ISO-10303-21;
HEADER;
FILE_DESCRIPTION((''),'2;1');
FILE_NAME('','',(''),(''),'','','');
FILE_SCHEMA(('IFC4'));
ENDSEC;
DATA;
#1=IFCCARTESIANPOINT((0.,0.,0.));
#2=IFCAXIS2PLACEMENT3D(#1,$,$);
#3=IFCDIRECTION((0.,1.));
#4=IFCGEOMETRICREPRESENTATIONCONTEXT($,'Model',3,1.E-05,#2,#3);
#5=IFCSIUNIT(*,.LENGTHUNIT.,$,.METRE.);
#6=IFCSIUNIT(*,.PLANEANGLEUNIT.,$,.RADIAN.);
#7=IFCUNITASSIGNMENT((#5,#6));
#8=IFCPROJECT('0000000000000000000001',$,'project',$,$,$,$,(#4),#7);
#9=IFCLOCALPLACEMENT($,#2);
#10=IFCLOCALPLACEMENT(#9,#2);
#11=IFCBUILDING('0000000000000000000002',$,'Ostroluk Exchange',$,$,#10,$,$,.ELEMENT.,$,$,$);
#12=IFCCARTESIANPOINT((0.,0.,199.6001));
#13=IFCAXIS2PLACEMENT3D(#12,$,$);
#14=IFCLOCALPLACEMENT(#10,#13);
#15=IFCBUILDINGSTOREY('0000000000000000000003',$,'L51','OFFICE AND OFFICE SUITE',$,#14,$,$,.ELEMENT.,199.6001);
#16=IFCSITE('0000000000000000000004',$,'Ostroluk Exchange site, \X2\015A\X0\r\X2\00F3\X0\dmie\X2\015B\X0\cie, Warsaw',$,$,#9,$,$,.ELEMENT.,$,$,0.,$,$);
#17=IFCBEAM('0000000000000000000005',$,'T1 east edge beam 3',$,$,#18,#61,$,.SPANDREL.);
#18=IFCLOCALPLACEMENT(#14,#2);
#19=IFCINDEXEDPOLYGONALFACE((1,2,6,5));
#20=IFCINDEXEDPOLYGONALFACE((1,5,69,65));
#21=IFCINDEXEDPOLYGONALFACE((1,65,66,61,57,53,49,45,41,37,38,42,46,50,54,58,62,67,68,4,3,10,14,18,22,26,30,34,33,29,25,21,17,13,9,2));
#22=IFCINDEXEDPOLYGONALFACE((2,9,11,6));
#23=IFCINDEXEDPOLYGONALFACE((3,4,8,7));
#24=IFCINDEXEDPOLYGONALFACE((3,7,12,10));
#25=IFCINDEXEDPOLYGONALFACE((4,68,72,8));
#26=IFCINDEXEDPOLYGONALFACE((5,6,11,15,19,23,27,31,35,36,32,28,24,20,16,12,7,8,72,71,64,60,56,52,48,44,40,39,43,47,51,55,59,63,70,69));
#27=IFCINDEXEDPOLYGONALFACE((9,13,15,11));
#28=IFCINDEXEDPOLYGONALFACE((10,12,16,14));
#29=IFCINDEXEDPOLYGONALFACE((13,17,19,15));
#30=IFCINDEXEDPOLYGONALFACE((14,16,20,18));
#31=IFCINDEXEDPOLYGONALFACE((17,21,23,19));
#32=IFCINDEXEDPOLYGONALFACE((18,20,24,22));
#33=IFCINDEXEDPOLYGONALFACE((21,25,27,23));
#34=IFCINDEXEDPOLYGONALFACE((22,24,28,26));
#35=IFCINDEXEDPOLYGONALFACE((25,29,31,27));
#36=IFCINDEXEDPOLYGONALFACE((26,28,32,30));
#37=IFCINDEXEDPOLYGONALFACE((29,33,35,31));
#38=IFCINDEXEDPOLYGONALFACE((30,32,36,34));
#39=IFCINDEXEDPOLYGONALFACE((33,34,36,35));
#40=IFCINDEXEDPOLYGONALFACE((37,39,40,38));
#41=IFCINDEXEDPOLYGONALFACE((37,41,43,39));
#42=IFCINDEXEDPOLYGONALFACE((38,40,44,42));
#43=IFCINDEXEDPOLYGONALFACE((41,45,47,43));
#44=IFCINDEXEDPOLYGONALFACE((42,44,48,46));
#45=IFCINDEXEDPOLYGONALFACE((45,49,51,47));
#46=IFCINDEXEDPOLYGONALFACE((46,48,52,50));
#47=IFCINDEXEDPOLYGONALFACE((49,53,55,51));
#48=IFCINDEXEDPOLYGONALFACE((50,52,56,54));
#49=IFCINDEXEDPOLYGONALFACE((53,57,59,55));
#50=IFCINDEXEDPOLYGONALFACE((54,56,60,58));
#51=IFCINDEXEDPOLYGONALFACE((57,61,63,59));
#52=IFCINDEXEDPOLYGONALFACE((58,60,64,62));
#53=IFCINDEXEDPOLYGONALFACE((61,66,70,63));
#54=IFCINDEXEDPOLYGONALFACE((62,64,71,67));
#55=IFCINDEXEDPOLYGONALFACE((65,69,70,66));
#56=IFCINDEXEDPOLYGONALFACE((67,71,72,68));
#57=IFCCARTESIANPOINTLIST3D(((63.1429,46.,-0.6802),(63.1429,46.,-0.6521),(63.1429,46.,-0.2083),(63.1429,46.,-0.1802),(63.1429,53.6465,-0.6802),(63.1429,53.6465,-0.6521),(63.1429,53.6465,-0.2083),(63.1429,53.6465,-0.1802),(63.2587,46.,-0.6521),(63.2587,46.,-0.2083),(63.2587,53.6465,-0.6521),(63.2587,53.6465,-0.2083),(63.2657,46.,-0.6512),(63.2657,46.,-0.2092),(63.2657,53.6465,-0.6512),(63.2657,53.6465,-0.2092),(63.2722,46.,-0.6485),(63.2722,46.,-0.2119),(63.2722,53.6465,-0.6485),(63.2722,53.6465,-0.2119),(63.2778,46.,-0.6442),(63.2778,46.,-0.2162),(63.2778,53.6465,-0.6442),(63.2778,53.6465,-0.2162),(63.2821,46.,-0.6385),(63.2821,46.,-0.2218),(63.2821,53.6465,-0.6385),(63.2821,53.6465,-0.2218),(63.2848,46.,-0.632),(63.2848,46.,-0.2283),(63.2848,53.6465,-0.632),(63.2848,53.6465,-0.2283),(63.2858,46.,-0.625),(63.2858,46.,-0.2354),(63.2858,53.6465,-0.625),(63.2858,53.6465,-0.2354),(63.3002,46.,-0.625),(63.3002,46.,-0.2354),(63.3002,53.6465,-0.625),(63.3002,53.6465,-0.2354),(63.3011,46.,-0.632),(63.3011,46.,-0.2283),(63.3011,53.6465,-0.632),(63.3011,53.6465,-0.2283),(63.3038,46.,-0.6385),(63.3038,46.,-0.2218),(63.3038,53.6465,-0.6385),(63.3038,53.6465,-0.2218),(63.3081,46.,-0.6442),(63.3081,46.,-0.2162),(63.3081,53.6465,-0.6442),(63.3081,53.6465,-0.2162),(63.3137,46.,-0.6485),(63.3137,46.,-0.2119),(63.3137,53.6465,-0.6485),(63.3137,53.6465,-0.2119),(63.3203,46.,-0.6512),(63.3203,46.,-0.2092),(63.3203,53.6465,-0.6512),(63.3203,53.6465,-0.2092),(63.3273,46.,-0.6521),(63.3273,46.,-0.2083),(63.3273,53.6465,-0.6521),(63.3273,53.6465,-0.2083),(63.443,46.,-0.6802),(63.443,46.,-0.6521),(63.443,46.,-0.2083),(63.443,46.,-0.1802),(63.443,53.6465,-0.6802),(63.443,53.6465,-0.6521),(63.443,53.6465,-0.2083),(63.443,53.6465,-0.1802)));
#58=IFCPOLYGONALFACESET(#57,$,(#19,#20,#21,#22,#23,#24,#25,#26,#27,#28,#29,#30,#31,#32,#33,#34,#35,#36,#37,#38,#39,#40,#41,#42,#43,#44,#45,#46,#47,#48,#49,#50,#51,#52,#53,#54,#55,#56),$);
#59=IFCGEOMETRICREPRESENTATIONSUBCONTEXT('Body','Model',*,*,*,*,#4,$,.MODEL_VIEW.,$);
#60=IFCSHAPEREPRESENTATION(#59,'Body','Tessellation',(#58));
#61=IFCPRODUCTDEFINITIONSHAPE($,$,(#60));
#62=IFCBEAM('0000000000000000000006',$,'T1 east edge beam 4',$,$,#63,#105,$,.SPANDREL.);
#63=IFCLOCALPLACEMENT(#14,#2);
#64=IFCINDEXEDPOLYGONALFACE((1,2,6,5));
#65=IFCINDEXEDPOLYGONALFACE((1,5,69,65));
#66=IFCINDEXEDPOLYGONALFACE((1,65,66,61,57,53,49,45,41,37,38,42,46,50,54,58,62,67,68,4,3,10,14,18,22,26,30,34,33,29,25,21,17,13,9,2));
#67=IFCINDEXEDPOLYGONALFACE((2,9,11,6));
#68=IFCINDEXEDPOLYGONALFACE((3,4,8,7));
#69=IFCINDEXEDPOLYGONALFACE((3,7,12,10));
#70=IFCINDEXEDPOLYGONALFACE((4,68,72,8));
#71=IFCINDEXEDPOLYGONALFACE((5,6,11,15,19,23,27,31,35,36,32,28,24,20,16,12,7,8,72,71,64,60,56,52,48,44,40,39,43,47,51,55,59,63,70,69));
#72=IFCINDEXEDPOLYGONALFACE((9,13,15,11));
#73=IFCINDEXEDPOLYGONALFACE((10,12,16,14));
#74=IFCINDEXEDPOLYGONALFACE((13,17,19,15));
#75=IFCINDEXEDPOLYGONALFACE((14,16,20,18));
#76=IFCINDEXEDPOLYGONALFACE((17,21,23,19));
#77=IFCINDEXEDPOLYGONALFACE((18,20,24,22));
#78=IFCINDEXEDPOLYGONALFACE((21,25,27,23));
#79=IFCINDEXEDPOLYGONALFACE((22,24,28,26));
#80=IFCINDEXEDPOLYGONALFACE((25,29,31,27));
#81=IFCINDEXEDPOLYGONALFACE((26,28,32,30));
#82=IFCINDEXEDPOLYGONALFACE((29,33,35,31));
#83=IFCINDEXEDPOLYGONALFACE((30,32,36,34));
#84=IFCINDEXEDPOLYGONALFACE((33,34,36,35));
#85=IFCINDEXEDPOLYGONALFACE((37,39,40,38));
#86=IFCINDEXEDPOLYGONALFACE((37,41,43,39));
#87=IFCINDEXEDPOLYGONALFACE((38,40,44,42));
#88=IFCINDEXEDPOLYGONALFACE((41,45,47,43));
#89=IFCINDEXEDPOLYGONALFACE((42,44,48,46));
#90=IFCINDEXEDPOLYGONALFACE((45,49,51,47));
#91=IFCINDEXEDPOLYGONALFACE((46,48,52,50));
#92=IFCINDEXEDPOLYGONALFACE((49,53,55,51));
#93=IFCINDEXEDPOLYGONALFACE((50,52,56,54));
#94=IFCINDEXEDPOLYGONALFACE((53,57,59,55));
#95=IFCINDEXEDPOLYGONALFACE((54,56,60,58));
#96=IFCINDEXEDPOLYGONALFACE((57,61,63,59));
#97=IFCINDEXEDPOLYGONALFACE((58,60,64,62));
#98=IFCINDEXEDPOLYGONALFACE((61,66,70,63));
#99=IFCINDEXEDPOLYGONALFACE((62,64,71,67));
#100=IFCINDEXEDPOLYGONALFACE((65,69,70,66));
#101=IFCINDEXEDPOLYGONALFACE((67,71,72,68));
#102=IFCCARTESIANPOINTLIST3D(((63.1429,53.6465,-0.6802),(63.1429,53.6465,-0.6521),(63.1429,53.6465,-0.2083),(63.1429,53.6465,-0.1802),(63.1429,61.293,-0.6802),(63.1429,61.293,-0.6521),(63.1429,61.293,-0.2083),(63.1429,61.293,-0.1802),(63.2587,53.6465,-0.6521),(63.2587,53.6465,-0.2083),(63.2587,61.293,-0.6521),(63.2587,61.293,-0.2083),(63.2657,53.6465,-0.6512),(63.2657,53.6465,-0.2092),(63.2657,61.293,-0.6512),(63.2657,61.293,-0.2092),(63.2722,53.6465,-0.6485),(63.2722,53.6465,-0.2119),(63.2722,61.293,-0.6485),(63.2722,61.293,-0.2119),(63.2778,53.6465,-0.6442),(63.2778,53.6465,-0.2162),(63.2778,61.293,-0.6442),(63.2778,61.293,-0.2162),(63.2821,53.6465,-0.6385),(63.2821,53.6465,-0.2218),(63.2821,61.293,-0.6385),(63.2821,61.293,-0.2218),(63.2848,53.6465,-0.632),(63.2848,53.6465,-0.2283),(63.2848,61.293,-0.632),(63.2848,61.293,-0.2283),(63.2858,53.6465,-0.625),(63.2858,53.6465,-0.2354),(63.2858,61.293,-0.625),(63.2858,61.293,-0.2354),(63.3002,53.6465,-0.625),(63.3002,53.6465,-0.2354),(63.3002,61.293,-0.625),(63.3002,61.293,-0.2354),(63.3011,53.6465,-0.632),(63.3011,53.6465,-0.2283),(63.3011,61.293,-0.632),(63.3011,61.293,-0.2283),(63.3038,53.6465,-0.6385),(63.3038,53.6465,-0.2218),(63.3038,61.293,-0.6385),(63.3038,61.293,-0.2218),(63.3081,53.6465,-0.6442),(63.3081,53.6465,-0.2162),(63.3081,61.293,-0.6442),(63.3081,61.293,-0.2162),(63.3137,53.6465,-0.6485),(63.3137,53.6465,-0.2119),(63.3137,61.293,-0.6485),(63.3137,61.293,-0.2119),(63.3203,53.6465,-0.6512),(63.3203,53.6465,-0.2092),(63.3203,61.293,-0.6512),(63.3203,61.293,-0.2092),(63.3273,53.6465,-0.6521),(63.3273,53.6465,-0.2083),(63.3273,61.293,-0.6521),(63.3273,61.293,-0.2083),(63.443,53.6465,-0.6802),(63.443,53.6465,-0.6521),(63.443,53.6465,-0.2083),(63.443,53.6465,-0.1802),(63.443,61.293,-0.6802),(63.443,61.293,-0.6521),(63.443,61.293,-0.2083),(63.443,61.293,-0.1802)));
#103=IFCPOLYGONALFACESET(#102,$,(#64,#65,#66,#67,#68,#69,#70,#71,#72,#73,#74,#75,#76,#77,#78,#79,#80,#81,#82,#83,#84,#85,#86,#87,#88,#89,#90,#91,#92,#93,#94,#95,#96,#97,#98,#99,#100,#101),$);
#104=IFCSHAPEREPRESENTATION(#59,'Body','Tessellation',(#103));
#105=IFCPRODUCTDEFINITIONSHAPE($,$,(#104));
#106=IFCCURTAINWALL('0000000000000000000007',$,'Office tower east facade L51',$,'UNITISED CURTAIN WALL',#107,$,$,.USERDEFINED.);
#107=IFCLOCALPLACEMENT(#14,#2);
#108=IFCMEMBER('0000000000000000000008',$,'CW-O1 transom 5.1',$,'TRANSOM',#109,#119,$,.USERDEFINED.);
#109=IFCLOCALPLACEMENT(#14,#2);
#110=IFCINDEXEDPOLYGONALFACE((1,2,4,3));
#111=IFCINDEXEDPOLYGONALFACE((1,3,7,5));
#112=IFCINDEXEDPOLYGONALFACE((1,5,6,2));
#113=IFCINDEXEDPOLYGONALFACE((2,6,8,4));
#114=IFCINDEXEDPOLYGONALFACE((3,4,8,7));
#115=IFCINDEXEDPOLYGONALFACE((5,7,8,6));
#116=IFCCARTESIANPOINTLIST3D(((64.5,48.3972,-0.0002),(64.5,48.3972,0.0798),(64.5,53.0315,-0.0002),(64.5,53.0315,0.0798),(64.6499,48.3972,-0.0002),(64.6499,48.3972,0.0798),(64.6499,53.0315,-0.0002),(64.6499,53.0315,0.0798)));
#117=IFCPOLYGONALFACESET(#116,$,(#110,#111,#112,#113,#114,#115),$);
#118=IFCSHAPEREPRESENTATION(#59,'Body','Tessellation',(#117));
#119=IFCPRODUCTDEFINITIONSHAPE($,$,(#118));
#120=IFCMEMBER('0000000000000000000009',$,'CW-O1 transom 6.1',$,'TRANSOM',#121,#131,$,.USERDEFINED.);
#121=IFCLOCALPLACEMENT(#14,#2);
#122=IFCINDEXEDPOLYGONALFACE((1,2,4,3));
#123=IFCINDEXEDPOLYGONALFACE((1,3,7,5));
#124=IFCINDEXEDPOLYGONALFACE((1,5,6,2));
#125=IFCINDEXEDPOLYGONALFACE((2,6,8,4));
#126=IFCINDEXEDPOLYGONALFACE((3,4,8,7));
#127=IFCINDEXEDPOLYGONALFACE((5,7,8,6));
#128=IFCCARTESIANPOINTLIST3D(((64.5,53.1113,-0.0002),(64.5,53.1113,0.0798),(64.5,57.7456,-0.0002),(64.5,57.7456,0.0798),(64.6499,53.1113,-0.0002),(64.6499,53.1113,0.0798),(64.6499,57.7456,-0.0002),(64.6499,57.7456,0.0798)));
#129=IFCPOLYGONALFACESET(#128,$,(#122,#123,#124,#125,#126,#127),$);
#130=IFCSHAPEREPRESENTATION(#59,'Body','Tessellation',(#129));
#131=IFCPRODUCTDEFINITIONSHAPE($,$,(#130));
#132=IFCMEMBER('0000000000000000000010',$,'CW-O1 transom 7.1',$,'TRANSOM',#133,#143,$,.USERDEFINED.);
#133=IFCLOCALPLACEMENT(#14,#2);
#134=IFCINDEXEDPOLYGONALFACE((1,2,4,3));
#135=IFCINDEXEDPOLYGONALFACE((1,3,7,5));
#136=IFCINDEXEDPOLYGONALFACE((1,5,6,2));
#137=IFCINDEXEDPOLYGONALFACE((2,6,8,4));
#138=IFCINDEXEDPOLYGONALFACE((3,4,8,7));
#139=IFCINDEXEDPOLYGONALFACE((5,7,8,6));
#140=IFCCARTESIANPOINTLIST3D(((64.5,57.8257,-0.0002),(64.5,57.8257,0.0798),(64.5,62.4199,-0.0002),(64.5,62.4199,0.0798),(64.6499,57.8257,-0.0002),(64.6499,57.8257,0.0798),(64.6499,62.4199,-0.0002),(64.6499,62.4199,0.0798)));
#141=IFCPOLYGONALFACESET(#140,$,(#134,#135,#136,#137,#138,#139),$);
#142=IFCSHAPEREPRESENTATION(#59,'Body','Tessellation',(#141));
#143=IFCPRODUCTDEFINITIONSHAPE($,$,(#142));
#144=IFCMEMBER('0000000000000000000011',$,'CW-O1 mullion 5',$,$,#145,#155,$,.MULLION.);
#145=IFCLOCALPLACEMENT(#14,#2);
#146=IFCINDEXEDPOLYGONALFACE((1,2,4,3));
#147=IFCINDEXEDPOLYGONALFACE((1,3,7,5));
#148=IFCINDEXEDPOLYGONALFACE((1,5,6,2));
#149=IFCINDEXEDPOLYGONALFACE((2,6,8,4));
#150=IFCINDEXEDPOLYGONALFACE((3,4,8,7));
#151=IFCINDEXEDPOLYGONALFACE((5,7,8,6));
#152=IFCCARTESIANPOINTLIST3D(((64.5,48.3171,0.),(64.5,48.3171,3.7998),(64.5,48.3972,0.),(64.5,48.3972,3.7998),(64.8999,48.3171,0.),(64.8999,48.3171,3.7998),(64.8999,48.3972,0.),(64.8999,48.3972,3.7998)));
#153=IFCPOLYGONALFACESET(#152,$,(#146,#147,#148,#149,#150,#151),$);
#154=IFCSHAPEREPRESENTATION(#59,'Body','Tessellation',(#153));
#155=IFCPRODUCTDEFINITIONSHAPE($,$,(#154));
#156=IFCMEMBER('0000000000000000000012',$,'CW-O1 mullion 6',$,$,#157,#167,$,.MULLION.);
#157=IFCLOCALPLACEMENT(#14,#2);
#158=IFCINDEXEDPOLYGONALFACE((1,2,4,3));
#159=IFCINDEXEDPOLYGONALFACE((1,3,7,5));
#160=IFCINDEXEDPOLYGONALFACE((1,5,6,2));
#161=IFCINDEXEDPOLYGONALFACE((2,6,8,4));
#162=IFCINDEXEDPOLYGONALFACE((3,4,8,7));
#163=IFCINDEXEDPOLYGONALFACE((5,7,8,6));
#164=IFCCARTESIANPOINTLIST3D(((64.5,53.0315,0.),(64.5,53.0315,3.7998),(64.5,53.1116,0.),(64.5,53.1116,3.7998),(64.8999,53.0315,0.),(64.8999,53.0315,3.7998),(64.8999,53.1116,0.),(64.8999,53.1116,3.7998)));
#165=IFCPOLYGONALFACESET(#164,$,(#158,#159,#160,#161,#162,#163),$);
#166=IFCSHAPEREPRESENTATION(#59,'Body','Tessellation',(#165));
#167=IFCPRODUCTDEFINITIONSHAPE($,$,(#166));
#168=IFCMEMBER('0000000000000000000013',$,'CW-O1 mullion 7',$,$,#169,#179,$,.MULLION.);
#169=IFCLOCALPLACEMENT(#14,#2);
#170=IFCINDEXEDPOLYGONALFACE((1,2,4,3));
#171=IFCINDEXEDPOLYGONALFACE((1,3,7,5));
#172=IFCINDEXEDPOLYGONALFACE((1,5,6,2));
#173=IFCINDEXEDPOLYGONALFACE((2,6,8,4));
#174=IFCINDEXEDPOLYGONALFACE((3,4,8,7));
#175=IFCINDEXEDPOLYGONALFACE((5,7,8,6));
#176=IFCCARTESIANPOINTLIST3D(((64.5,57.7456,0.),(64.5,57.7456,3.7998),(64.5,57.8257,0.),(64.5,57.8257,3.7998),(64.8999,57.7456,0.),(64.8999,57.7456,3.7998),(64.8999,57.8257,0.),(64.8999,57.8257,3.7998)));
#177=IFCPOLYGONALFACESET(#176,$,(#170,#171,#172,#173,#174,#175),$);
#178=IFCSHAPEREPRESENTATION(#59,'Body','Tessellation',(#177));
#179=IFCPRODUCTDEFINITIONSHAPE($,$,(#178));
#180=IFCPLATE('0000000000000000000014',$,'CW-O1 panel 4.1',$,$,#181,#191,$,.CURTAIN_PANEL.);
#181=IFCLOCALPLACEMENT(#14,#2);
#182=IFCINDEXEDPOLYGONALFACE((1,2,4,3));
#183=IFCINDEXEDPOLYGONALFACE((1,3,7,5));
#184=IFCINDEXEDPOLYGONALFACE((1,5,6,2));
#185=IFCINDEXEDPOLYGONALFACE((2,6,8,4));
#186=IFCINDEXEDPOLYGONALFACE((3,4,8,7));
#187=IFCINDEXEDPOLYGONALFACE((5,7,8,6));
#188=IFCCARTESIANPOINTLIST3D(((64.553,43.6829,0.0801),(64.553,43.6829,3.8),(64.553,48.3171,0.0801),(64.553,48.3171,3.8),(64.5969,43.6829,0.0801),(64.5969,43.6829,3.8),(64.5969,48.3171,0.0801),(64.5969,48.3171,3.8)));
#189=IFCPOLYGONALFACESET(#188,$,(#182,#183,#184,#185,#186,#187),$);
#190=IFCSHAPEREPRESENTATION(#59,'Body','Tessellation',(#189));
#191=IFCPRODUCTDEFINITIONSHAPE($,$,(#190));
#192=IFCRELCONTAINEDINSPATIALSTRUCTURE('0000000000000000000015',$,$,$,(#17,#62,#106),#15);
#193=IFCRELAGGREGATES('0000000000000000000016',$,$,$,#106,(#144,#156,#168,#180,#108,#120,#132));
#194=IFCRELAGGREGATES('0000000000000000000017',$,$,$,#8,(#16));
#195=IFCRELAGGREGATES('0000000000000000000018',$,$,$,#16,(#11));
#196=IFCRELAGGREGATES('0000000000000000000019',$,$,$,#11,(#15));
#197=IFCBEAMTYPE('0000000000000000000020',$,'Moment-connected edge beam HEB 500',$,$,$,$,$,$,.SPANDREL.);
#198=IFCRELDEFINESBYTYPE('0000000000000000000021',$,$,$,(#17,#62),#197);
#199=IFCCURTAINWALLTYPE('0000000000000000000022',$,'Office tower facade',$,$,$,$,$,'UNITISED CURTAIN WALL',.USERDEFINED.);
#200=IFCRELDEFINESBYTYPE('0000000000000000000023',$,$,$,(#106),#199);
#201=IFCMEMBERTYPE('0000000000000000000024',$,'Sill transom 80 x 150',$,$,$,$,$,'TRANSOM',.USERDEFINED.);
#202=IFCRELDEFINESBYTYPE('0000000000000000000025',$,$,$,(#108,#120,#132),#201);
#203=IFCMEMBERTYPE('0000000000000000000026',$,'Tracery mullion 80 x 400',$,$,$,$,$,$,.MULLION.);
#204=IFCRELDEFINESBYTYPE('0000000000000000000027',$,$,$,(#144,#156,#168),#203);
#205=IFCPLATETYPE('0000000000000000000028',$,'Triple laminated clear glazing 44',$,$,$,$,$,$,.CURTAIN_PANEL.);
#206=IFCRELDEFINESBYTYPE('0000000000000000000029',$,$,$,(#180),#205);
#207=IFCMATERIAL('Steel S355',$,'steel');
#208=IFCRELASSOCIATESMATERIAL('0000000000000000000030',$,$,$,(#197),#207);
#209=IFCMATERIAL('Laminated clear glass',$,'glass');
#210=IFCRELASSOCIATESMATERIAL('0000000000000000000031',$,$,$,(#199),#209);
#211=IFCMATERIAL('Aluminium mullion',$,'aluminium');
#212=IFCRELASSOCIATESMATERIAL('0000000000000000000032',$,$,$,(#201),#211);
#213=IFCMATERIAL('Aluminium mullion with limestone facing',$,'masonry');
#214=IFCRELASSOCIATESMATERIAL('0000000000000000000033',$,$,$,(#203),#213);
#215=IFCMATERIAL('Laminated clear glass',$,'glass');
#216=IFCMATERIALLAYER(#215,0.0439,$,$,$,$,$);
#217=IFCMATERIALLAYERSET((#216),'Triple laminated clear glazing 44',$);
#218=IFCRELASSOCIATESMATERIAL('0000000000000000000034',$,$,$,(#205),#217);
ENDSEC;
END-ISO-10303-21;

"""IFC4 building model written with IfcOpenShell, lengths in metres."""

from ifc_helpers import new_model, si_unit, direction, frame, origin, origin_2d, place, context, subcontext, project, spatial, rectangle, i_section, extrude, material, layer, layer_set, material_profile, profile_set, type_object, element, aggregate, save


model = new_model("IFC4")

# Units and contexts
model_context = context("Model", 3, precision=1e-05, world=origin(), true_north=direction((0.0, 1.0)))
body_context = subcontext(model_context, "Body", "Model", "MODEL_VIEW")
ifc_project = project(units=[si_unit("LENGTHUNIT", "METRE"), si_unit("PLANEANGLEUNIT", "RADIAN")], contexts=[model_context])

# Site, building, storey
site_placement = place(None, origin())
site = spatial("IfcSite", under=ifc_project, at=site_placement, Name="Ostroluk Exchange site, Śródmieście, Warsaw", CompositionType="ELEMENT", RefElevation=0.0)
building_placement = place(site_placement, origin())
building = spatial("IfcBuilding", under=site, at=building_placement, Name="Ostroluk Exchange", CompositionType="ELEMENT")
storey_placement = place(building_placement, frame((0.0, 0.0, 199.6001)))
storey = spatial("IfcBuildingStorey", under=building, at=storey_placement, Name="L51", Description="OFFICE AND OFFICE SUITE", CompositionType="ELEMENT", Elevation=199.6001)

# Beams
ifc_material_1 = material(Name="Steel S355", Category="steel")
ifc_material_profile_1 = material_profile(ifc_material_1, i_section(OverallWidth=0.3, OverallDepth=0.5, WebThickness=0.0144, FlangeThickness=0.0281, FilletRadius=0.0271, at=origin_2d()), Name="HEB 500")
ifc_profile_set_1 = profile_set([ifc_material_profile_1], Name="Steel S355")
beam_type_1 = type_object("IfcBeamType", Name="Moment-connected edge beam HEB 500", PredefinedType="SPANDREL", material=ifc_profile_set_1)
for number, where, z_axis, x_axis, name in (
    (1, (63.293, 46.0, -0.4302), (0.0, 1.0, 0.0), (-1.0, 0.0, 0.0), "T1 east edge beam 3"),
    (2, (63.293, 53.6465, -0.4302), (0.0, 1.0, 0.0), (-1.0, 0.0, 0.0), "T1 east edge beam 4"),
):
    element("IfcBeam", number, at=place(storey_placement, frame(where, z_axis=z_axis, x_axis=x_axis)), inside=storey, type_object=beam_type_1, Name=name, PredefinedType="SPANDREL", context=body_context, shape_type="SweptSolid", body=[
        extrude(i_section(OverallWidth=0.3, OverallDepth=0.5, WebThickness=0.0144, FlangeThickness=0.0281, FilletRadius=0.0271, at=origin_2d()), origin(), (0.0, 0.0, 1.0), 7.6465),
    ])

# Curtain wall, members, plate
ifc_material_2 = material(Name="Laminated clear glass", Category="glass")
curtain_wall_type = type_object("IfcCurtainWallType", Name="Office tower facade", ElementType="UNITISED CURTAIN WALL", PredefinedType="USERDEFINED", material=ifc_material_2)
curtain_wall_placement = place(storey_placement, origin())
curtain_wall = element("IfcCurtainWall", 3, at=curtain_wall_placement, inside=storey, type_object=curtain_wall_type, Name="Office tower east facade L51", ObjectType="UNITISED CURTAIN WALL", PredefinedType="USERDEFINED")
ifc_material_3 = material(Name="Aluminium mullion", Category="aluminium")
ifc_material_profile_2 = material_profile(ifc_material_3, rectangle(XDim=0.1499, YDim=0.0801, at=origin_2d()), Name="Sill transom 80 x 150")
ifc_profile_set_2 = profile_set([ifc_material_profile_2], Name="Aluminium mullion")
member_type_1 = type_object("IfcMemberType", Name="Sill transom 80 x 150", ElementType="TRANSOM", PredefinedType="USERDEFINED", material=ifc_profile_set_2)
member_1_placement = place(storey_placement, frame((64.575, 48.3972, 0.0398), z_axis=(0.0, 1.0, 0.0), x_axis=(-1.0, 0.0, 0.0)))
member_1 = element("IfcMember", 4, at=member_1_placement, type_object=member_type_1, Name="CW-O1 transom 5.1", ObjectType="TRANSOM", PredefinedType="USERDEFINED", context=body_context, shape_type="SweptSolid", body=[
    extrude(rectangle(XDim=0.1499, YDim=0.0801, at=origin_2d()), origin(), (0.0, 0.0, 1.0), 4.6343),
])
member_2_placement = place(storey_placement, frame((64.575, 53.1113, 0.0398), z_axis=(0.0, 1.0, 0.0), x_axis=(-1.0, 0.0, 0.0)))
member_2 = element("IfcMember", 5, at=member_2_placement, type_object=member_type_1, Name="CW-O1 transom 6.1", ObjectType="TRANSOM", PredefinedType="USERDEFINED", context=body_context, shape_type="SweptSolid", body=[
    extrude(rectangle(XDim=0.1499, YDim=0.0801, at=origin_2d()), origin(), (0.0, 0.0, 1.0), 4.6343),
])
member_3_placement = place(storey_placement, frame((64.575, 57.8257, 0.0398), z_axis=(0.0, 1.0, 0.0), x_axis=(-1.0, 0.0, 0.0)))
member_3 = element("IfcMember", 6, at=member_3_placement, type_object=member_type_1, Name="CW-O1 transom 7.1", ObjectType="TRANSOM", PredefinedType="USERDEFINED", context=body_context, shape_type="SweptSolid", body=[
    extrude(rectangle(XDim=0.1499, YDim=0.0801, at=origin_2d()), origin(), (0.0, 0.0, 1.0), 4.5942),
])
ifc_material_4 = material(Name="Aluminium mullion with limestone facing", Category="masonry")
ifc_material_profile_3 = material_profile(ifc_material_4, rectangle(XDim=0.3999, YDim=0.0801, at=origin_2d()), Name="Tracery mullion 80 x 400")
ifc_profile_set_3 = profile_set([ifc_material_profile_3], Name="Aluminium mullion with limestone facing")
member_type_2 = type_object("IfcMemberType", Name="Tracery mullion 80 x 400", PredefinedType="MULLION", material=ifc_profile_set_3)
member_4_placement = place(storey_placement, frame((64.7, 48.3572, 0.0), z_axis=(0.0, 0.0, 1.0), x_axis=(-1.0, 0.0, 0.0)))
member_4 = element("IfcMember", 7, at=member_4_placement, type_object=member_type_2, Name="CW-O1 mullion 5", PredefinedType="MULLION", context=body_context, shape_type="SweptSolid", body=[
    extrude(rectangle(XDim=0.3999, YDim=0.0801, at=origin_2d()), origin(), (0.0, 0.0, 1.0), 3.7998),
])
member_5_placement = place(storey_placement, frame((64.7, 53.0715, 0.0), z_axis=(0.0, 0.0, 1.0), x_axis=(-1.0, 0.0, 0.0)))
member_5 = element("IfcMember", 8, at=member_5_placement, type_object=member_type_2, Name="CW-O1 mullion 6", PredefinedType="MULLION", context=body_context, shape_type="SweptSolid", body=[
    extrude(rectangle(XDim=0.3999, YDim=0.0801, at=origin_2d()), origin(), (0.0, 0.0, 1.0), 3.7998),
])
member_6_placement = place(storey_placement, frame((64.7, 57.7856, 0.0), z_axis=(0.0, 0.0, 1.0), x_axis=(-1.0, 0.0, 0.0)))
member_6 = element("IfcMember", 9, at=member_6_placement, type_object=member_type_2, Name="CW-O1 mullion 7", PredefinedType="MULLION", context=body_context, shape_type="SweptSolid", body=[
    extrude(rectangle(XDim=0.3999, YDim=0.0801, at=origin_2d()), origin(), (0.0, 0.0, 1.0), 3.7998),
])
ifc_material_5 = material(Name="Laminated clear glass", Category="glass")
ifc_layer_1 = layer(ifc_material_5, 0.0439)
ifc_layer_set_1 = layer_set([ifc_layer_1], Name="Triple laminated clear glazing 44")
plate_type = type_object("IfcPlateType", Name="Triple laminated clear glazing 44", PredefinedType="CURTAIN_PANEL", material=ifc_layer_set_1)
plate_1_placement = place(storey_placement, frame((64.575, 46.0, 0.0801), z_axis=(0.0, 0.0, 1.0), x_axis=(0.0, 1.0, 0.0)))
plate_1 = element("IfcPlate", 10, at=plate_1_placement, type_object=plate_type, Name="CW-O1 panel 4.1", PredefinedType="CURTAIN_PANEL", context=body_context, shape_type="SweptSolid", body=[
    extrude(rectangle(XDim=4.6343, YDim=0.0439, at=origin_2d()), origin(), (0.0, 0.0, 1.0), 3.72),
])
aggregate(curtain_wall, [member_4, member_5, member_6, plate_1, member_1, member_2, member_3])

save(model, "model.ifc")
